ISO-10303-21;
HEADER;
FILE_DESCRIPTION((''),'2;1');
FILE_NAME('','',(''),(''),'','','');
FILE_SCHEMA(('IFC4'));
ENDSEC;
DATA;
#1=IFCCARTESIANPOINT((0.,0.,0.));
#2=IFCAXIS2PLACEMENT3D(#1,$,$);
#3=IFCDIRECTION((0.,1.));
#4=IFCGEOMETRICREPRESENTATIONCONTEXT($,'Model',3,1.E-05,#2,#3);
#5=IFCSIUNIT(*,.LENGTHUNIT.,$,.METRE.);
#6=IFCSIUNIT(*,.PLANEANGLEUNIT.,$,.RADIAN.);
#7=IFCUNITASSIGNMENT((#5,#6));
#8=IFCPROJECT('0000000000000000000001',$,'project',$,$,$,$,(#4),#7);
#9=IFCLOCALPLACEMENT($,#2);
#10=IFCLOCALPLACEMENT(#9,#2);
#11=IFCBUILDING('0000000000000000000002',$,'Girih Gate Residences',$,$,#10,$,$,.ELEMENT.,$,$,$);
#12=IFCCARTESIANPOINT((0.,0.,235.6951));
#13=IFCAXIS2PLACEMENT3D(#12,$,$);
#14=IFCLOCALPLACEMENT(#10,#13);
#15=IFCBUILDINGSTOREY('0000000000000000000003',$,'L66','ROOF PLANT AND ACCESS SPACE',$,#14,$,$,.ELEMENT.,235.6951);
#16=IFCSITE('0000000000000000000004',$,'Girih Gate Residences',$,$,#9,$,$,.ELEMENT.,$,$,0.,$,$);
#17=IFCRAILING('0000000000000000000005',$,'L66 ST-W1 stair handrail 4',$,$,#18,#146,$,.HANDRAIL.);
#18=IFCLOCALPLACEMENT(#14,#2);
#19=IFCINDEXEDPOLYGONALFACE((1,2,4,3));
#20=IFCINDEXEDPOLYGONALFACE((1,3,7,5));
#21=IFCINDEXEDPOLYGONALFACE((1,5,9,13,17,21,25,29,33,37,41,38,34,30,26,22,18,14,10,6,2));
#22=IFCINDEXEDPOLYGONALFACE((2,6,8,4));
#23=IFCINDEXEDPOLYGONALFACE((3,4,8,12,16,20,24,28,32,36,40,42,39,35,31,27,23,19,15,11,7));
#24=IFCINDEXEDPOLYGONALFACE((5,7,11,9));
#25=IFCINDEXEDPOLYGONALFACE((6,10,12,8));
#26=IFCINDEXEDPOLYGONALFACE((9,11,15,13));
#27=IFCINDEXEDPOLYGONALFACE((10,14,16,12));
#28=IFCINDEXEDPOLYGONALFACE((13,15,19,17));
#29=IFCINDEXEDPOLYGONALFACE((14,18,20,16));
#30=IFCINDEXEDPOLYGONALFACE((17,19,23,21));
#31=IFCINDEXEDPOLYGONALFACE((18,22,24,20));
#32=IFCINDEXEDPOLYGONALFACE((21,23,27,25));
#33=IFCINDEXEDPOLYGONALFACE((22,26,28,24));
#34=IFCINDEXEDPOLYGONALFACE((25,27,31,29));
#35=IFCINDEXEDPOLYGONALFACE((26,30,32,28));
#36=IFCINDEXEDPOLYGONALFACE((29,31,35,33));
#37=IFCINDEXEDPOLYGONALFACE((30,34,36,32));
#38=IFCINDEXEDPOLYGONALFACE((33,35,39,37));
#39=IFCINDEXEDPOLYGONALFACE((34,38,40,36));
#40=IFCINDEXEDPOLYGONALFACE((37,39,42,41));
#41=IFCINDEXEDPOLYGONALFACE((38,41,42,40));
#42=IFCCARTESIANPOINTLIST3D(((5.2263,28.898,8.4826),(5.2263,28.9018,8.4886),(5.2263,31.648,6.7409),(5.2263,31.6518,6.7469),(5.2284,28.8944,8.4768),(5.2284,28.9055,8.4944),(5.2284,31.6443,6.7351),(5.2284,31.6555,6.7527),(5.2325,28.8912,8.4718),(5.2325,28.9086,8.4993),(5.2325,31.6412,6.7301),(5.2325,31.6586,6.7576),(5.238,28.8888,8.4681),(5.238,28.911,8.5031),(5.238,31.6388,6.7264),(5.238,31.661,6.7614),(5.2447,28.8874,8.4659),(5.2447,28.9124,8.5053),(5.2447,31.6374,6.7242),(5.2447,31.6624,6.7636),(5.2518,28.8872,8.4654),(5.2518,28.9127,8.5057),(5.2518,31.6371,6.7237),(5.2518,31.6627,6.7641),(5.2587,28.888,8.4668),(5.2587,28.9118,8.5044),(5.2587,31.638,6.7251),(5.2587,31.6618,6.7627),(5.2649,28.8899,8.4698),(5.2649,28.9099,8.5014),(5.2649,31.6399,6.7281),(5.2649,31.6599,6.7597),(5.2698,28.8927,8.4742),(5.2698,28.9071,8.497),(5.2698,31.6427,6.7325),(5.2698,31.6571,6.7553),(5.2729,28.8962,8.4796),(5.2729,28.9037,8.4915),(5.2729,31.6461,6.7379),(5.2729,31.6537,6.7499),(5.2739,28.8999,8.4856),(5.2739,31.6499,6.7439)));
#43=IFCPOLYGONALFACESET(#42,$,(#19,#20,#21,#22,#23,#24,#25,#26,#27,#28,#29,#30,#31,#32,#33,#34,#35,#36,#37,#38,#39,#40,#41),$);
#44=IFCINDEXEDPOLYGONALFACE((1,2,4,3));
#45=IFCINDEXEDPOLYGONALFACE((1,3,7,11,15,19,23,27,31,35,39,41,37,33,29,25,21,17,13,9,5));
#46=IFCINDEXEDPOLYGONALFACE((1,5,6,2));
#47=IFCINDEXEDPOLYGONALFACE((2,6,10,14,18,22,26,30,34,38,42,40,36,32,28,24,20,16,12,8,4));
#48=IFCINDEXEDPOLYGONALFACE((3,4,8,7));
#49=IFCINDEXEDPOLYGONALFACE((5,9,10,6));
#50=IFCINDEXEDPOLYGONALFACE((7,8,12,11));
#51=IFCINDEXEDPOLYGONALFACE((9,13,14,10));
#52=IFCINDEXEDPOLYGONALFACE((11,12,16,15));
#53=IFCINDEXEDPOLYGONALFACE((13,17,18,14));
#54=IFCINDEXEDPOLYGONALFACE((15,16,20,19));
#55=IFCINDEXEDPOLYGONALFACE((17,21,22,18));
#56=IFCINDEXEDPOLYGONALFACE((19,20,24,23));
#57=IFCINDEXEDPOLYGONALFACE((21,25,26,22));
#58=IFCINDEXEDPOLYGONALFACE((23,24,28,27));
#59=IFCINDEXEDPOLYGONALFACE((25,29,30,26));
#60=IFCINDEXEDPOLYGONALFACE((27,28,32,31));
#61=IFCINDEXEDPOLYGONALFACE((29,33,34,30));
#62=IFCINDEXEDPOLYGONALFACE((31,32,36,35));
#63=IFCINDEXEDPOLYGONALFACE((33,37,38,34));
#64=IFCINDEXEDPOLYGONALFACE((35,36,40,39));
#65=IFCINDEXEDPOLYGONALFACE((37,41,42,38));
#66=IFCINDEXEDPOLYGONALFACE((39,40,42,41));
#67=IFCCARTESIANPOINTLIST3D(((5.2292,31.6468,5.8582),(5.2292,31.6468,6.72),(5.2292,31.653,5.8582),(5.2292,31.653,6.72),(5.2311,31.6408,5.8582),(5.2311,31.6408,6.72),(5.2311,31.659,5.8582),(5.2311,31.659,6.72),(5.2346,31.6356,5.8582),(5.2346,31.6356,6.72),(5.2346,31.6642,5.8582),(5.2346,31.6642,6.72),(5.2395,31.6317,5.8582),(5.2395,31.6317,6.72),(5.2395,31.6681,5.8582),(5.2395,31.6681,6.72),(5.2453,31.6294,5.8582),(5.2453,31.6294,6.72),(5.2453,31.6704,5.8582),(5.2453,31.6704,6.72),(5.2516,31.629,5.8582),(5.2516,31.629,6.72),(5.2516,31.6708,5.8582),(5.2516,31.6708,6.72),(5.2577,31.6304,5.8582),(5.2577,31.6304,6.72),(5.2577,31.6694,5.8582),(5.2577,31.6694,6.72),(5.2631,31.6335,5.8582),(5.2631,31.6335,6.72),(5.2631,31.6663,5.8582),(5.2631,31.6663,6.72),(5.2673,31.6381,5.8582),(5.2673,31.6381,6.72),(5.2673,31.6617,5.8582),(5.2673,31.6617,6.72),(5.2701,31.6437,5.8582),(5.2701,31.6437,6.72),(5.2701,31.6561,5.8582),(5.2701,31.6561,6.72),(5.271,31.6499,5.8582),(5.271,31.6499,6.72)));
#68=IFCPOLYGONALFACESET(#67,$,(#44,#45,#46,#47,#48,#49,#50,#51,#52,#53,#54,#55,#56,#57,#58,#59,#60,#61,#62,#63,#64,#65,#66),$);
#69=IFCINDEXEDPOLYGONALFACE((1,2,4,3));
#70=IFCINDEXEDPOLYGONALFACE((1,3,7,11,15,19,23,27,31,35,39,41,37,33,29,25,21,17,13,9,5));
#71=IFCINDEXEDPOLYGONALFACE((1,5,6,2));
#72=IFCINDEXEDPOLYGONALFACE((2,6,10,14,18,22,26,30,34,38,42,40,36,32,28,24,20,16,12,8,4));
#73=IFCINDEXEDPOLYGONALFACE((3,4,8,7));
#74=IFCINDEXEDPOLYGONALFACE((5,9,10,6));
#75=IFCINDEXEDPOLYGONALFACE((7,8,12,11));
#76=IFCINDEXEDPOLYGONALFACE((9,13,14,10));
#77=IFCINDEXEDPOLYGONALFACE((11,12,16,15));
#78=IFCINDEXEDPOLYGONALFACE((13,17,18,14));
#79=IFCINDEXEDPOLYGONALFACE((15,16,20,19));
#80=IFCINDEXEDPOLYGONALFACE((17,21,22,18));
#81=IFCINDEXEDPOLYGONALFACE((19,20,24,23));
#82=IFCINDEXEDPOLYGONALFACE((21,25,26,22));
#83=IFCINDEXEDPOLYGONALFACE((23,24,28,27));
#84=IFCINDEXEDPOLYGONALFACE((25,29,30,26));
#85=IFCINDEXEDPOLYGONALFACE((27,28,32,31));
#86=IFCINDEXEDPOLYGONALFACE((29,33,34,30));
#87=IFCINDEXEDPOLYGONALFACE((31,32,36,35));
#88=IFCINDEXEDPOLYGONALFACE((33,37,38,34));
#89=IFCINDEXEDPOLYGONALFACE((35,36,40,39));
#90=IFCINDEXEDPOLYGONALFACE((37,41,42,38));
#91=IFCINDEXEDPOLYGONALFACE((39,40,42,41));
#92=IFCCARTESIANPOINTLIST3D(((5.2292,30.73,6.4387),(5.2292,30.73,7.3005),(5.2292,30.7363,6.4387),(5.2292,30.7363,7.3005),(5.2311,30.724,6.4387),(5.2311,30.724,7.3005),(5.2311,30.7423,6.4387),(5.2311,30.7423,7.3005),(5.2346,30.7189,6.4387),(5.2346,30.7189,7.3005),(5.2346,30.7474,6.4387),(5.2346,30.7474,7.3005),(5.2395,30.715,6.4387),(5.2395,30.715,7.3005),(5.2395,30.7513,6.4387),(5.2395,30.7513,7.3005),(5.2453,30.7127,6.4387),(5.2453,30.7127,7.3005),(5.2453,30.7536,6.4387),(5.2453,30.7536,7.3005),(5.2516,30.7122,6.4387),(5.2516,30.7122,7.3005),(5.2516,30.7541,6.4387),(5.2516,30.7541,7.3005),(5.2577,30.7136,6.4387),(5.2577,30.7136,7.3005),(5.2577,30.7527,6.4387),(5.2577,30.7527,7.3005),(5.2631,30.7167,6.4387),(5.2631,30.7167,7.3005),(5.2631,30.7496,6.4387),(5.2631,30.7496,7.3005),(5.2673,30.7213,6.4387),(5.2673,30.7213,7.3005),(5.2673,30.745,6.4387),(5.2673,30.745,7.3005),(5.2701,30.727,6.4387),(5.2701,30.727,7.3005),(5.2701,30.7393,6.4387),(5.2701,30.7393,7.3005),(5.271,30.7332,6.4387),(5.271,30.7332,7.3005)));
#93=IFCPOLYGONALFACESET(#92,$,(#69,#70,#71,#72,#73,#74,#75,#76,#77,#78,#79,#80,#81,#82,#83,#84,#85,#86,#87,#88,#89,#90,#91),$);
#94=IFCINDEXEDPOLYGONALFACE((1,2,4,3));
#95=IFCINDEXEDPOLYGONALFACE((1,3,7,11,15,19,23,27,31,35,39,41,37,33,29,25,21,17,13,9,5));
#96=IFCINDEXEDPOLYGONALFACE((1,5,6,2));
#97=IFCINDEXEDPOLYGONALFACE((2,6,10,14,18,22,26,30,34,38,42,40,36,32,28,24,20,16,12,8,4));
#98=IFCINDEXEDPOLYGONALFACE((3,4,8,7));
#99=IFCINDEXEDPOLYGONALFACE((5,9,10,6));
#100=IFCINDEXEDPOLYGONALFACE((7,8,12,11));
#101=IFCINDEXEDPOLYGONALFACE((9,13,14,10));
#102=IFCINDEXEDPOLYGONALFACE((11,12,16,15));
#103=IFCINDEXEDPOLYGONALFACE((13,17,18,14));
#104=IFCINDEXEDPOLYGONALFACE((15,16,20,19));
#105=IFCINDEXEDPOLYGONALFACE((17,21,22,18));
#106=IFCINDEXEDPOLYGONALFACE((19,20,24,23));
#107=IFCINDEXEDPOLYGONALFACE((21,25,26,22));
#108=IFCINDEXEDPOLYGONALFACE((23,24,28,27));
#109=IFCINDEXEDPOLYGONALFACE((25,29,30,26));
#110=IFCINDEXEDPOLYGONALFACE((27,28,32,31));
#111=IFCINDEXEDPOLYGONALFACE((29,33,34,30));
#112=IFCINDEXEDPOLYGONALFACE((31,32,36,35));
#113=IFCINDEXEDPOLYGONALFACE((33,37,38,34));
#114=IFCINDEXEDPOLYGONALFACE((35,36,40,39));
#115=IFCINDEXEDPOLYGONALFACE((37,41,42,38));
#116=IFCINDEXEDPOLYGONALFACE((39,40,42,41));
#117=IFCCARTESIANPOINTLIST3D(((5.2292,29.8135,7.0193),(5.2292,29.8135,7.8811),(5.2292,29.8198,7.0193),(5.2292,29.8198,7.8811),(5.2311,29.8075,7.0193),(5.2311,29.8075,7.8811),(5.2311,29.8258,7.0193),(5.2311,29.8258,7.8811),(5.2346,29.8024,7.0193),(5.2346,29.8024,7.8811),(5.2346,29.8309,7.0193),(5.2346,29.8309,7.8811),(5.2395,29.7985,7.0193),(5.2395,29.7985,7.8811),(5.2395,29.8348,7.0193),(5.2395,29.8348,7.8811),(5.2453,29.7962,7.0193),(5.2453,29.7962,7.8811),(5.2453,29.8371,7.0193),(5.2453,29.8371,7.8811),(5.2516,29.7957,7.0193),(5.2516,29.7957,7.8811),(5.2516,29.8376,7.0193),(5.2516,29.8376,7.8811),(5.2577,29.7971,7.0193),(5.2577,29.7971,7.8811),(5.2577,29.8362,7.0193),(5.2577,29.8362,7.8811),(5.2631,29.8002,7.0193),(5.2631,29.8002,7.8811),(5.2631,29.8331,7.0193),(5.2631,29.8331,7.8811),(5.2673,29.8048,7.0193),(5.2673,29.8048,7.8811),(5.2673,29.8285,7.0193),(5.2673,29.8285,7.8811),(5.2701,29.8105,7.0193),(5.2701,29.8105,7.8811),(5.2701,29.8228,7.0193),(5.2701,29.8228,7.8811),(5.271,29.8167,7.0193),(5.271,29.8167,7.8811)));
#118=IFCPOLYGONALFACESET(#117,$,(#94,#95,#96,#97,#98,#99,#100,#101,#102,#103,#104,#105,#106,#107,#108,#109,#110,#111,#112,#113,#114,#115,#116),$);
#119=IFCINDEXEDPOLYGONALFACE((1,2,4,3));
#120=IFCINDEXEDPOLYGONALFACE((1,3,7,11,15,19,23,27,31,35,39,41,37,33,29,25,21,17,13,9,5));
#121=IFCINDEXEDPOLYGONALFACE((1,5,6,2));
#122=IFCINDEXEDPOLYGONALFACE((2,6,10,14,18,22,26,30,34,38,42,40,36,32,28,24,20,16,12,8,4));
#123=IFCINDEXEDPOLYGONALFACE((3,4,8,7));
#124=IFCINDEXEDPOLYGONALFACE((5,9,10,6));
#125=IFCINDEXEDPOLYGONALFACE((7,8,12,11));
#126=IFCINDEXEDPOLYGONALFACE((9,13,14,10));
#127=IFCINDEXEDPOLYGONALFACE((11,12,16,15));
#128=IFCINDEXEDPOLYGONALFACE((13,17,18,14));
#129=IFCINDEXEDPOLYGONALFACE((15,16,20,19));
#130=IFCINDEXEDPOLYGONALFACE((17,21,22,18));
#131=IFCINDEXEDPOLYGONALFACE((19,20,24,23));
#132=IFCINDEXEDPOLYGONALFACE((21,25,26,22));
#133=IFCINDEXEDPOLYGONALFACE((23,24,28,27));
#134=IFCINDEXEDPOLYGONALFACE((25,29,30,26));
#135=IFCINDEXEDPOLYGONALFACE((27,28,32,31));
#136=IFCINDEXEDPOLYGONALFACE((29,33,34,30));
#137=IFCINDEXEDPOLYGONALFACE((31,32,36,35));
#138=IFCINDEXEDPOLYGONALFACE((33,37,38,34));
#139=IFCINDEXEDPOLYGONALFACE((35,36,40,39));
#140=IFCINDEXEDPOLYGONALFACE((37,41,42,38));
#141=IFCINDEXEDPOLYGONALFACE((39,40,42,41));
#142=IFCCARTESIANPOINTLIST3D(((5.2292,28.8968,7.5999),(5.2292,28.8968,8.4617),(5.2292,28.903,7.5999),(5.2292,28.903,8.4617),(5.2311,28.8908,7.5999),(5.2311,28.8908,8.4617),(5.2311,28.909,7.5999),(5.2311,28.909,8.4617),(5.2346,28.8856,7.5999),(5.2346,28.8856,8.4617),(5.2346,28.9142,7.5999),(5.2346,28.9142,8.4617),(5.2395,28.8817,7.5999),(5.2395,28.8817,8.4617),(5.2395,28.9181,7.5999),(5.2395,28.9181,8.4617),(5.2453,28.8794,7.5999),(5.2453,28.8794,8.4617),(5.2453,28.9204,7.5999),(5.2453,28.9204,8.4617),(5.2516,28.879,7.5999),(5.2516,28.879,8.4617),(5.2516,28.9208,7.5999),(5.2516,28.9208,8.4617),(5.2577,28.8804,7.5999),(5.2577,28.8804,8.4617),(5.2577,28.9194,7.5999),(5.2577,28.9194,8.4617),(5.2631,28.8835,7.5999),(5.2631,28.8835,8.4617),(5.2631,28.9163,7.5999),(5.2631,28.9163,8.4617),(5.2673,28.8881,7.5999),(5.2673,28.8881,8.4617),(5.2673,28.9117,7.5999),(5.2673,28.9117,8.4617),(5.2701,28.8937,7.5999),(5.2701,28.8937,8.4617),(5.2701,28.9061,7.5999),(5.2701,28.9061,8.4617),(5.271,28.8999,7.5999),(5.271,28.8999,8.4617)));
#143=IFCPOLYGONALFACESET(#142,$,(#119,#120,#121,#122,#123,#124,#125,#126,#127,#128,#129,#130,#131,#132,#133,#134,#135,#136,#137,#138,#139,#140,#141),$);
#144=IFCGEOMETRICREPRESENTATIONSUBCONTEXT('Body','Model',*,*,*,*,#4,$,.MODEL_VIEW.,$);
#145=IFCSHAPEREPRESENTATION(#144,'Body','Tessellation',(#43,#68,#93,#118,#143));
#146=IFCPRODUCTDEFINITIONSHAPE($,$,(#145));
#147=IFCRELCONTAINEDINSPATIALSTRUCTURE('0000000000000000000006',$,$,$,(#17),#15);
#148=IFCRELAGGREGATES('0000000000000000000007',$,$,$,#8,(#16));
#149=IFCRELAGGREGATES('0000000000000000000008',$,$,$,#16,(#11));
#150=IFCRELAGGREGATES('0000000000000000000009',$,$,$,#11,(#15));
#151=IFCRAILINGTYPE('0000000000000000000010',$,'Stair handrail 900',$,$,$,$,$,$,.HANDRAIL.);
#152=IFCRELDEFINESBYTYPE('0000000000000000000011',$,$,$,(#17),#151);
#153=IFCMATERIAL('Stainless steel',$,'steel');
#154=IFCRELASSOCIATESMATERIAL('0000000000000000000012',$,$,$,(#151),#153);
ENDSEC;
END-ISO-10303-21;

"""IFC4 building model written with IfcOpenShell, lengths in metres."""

from ifc_helpers import new_model, si_unit, direction, frame, origin, origin_2d, place, context, subcontext, project, spatial, circle, extrude, material, type_object, element, save


model = new_model("IFC4")

# Units and contexts
model_context = context("Model", 3, precision=1e-05, world=origin(), true_north=direction((0.0, 1.0)))
body_context = subcontext(model_context, "Body", "Model", "MODEL_VIEW")
ifc_project = project(units=[si_unit("LENGTHUNIT", "METRE"), si_unit("PLANEANGLEUNIT", "RADIAN")], contexts=[model_context])

# Site, building, storey
site_placement = place(None, origin())
site = spatial("IfcSite", under=ifc_project, at=site_placement, Name="Girih Gate Residences", CompositionType="ELEMENT", RefElevation=0.0)
building_placement = place(site_placement, origin())
building = spatial("IfcBuilding", under=site, at=building_placement, Name="Girih Gate Residences", CompositionType="ELEMENT")
storey_placement = place(building_placement, frame((0.0, 0.0, 235.6951)))
storey = spatial("IfcBuildingStorey", under=building, at=storey_placement, Name="L66", Description="ROOF PLANT AND ACCESS SPACE", CompositionType="ELEMENT", Elevation=235.6951)

# Shared definitions
ifc_material_1 = material(Name="Stainless steel", Category="steel")

# Railing
railing_type_1 = type_object("IfcRailingType", Name="Stair handrail 900", PredefinedType="HANDRAIL", material=ifc_material_1)
for number, where, name in (
    (1, (5.25, 31.6499, 5.8582), "L66 ST-W1 stair handrail 4"),
):
    element("IfcRailing", number, at=place(storey_placement, frame(where)), inside=storey, type_object=railing_type_1, Name=name, PredefinedType="HANDRAIL", context=body_context, shape_type="SweptSolid", body=[
        extrude(circle(Radius=0.0239, at=origin_2d()), frame((0.0, 0.0, 0.8857), z_axis=(0.0, -0.844815, 0.535059), x_axis=(1.0, 0.0, 0.0)), (0.0, 0.0, 1.0), 3.2551),
        extrude(circle(Radius=0.021, at=origin_2d()), origin(), (0.0, 0.0, 1.0), 0.8618),
        extrude(circle(Radius=0.021, at=origin_2d()), frame((0.0, -0.9167, 0.5806)), (0.0, 0.0, 1.0), 0.8618),
        extrude(circle(Radius=0.021, at=origin_2d()), frame((0.0, -1.8333, 1.1611)), (0.0, 0.0, 1.0), 0.8618),
        extrude(circle(Radius=0.021, at=origin_2d()), frame((0.0, -2.75, 1.7417)), (0.0, 0.0, 1.0), 0.8618),
    ])

save(model, "model.ifc")
